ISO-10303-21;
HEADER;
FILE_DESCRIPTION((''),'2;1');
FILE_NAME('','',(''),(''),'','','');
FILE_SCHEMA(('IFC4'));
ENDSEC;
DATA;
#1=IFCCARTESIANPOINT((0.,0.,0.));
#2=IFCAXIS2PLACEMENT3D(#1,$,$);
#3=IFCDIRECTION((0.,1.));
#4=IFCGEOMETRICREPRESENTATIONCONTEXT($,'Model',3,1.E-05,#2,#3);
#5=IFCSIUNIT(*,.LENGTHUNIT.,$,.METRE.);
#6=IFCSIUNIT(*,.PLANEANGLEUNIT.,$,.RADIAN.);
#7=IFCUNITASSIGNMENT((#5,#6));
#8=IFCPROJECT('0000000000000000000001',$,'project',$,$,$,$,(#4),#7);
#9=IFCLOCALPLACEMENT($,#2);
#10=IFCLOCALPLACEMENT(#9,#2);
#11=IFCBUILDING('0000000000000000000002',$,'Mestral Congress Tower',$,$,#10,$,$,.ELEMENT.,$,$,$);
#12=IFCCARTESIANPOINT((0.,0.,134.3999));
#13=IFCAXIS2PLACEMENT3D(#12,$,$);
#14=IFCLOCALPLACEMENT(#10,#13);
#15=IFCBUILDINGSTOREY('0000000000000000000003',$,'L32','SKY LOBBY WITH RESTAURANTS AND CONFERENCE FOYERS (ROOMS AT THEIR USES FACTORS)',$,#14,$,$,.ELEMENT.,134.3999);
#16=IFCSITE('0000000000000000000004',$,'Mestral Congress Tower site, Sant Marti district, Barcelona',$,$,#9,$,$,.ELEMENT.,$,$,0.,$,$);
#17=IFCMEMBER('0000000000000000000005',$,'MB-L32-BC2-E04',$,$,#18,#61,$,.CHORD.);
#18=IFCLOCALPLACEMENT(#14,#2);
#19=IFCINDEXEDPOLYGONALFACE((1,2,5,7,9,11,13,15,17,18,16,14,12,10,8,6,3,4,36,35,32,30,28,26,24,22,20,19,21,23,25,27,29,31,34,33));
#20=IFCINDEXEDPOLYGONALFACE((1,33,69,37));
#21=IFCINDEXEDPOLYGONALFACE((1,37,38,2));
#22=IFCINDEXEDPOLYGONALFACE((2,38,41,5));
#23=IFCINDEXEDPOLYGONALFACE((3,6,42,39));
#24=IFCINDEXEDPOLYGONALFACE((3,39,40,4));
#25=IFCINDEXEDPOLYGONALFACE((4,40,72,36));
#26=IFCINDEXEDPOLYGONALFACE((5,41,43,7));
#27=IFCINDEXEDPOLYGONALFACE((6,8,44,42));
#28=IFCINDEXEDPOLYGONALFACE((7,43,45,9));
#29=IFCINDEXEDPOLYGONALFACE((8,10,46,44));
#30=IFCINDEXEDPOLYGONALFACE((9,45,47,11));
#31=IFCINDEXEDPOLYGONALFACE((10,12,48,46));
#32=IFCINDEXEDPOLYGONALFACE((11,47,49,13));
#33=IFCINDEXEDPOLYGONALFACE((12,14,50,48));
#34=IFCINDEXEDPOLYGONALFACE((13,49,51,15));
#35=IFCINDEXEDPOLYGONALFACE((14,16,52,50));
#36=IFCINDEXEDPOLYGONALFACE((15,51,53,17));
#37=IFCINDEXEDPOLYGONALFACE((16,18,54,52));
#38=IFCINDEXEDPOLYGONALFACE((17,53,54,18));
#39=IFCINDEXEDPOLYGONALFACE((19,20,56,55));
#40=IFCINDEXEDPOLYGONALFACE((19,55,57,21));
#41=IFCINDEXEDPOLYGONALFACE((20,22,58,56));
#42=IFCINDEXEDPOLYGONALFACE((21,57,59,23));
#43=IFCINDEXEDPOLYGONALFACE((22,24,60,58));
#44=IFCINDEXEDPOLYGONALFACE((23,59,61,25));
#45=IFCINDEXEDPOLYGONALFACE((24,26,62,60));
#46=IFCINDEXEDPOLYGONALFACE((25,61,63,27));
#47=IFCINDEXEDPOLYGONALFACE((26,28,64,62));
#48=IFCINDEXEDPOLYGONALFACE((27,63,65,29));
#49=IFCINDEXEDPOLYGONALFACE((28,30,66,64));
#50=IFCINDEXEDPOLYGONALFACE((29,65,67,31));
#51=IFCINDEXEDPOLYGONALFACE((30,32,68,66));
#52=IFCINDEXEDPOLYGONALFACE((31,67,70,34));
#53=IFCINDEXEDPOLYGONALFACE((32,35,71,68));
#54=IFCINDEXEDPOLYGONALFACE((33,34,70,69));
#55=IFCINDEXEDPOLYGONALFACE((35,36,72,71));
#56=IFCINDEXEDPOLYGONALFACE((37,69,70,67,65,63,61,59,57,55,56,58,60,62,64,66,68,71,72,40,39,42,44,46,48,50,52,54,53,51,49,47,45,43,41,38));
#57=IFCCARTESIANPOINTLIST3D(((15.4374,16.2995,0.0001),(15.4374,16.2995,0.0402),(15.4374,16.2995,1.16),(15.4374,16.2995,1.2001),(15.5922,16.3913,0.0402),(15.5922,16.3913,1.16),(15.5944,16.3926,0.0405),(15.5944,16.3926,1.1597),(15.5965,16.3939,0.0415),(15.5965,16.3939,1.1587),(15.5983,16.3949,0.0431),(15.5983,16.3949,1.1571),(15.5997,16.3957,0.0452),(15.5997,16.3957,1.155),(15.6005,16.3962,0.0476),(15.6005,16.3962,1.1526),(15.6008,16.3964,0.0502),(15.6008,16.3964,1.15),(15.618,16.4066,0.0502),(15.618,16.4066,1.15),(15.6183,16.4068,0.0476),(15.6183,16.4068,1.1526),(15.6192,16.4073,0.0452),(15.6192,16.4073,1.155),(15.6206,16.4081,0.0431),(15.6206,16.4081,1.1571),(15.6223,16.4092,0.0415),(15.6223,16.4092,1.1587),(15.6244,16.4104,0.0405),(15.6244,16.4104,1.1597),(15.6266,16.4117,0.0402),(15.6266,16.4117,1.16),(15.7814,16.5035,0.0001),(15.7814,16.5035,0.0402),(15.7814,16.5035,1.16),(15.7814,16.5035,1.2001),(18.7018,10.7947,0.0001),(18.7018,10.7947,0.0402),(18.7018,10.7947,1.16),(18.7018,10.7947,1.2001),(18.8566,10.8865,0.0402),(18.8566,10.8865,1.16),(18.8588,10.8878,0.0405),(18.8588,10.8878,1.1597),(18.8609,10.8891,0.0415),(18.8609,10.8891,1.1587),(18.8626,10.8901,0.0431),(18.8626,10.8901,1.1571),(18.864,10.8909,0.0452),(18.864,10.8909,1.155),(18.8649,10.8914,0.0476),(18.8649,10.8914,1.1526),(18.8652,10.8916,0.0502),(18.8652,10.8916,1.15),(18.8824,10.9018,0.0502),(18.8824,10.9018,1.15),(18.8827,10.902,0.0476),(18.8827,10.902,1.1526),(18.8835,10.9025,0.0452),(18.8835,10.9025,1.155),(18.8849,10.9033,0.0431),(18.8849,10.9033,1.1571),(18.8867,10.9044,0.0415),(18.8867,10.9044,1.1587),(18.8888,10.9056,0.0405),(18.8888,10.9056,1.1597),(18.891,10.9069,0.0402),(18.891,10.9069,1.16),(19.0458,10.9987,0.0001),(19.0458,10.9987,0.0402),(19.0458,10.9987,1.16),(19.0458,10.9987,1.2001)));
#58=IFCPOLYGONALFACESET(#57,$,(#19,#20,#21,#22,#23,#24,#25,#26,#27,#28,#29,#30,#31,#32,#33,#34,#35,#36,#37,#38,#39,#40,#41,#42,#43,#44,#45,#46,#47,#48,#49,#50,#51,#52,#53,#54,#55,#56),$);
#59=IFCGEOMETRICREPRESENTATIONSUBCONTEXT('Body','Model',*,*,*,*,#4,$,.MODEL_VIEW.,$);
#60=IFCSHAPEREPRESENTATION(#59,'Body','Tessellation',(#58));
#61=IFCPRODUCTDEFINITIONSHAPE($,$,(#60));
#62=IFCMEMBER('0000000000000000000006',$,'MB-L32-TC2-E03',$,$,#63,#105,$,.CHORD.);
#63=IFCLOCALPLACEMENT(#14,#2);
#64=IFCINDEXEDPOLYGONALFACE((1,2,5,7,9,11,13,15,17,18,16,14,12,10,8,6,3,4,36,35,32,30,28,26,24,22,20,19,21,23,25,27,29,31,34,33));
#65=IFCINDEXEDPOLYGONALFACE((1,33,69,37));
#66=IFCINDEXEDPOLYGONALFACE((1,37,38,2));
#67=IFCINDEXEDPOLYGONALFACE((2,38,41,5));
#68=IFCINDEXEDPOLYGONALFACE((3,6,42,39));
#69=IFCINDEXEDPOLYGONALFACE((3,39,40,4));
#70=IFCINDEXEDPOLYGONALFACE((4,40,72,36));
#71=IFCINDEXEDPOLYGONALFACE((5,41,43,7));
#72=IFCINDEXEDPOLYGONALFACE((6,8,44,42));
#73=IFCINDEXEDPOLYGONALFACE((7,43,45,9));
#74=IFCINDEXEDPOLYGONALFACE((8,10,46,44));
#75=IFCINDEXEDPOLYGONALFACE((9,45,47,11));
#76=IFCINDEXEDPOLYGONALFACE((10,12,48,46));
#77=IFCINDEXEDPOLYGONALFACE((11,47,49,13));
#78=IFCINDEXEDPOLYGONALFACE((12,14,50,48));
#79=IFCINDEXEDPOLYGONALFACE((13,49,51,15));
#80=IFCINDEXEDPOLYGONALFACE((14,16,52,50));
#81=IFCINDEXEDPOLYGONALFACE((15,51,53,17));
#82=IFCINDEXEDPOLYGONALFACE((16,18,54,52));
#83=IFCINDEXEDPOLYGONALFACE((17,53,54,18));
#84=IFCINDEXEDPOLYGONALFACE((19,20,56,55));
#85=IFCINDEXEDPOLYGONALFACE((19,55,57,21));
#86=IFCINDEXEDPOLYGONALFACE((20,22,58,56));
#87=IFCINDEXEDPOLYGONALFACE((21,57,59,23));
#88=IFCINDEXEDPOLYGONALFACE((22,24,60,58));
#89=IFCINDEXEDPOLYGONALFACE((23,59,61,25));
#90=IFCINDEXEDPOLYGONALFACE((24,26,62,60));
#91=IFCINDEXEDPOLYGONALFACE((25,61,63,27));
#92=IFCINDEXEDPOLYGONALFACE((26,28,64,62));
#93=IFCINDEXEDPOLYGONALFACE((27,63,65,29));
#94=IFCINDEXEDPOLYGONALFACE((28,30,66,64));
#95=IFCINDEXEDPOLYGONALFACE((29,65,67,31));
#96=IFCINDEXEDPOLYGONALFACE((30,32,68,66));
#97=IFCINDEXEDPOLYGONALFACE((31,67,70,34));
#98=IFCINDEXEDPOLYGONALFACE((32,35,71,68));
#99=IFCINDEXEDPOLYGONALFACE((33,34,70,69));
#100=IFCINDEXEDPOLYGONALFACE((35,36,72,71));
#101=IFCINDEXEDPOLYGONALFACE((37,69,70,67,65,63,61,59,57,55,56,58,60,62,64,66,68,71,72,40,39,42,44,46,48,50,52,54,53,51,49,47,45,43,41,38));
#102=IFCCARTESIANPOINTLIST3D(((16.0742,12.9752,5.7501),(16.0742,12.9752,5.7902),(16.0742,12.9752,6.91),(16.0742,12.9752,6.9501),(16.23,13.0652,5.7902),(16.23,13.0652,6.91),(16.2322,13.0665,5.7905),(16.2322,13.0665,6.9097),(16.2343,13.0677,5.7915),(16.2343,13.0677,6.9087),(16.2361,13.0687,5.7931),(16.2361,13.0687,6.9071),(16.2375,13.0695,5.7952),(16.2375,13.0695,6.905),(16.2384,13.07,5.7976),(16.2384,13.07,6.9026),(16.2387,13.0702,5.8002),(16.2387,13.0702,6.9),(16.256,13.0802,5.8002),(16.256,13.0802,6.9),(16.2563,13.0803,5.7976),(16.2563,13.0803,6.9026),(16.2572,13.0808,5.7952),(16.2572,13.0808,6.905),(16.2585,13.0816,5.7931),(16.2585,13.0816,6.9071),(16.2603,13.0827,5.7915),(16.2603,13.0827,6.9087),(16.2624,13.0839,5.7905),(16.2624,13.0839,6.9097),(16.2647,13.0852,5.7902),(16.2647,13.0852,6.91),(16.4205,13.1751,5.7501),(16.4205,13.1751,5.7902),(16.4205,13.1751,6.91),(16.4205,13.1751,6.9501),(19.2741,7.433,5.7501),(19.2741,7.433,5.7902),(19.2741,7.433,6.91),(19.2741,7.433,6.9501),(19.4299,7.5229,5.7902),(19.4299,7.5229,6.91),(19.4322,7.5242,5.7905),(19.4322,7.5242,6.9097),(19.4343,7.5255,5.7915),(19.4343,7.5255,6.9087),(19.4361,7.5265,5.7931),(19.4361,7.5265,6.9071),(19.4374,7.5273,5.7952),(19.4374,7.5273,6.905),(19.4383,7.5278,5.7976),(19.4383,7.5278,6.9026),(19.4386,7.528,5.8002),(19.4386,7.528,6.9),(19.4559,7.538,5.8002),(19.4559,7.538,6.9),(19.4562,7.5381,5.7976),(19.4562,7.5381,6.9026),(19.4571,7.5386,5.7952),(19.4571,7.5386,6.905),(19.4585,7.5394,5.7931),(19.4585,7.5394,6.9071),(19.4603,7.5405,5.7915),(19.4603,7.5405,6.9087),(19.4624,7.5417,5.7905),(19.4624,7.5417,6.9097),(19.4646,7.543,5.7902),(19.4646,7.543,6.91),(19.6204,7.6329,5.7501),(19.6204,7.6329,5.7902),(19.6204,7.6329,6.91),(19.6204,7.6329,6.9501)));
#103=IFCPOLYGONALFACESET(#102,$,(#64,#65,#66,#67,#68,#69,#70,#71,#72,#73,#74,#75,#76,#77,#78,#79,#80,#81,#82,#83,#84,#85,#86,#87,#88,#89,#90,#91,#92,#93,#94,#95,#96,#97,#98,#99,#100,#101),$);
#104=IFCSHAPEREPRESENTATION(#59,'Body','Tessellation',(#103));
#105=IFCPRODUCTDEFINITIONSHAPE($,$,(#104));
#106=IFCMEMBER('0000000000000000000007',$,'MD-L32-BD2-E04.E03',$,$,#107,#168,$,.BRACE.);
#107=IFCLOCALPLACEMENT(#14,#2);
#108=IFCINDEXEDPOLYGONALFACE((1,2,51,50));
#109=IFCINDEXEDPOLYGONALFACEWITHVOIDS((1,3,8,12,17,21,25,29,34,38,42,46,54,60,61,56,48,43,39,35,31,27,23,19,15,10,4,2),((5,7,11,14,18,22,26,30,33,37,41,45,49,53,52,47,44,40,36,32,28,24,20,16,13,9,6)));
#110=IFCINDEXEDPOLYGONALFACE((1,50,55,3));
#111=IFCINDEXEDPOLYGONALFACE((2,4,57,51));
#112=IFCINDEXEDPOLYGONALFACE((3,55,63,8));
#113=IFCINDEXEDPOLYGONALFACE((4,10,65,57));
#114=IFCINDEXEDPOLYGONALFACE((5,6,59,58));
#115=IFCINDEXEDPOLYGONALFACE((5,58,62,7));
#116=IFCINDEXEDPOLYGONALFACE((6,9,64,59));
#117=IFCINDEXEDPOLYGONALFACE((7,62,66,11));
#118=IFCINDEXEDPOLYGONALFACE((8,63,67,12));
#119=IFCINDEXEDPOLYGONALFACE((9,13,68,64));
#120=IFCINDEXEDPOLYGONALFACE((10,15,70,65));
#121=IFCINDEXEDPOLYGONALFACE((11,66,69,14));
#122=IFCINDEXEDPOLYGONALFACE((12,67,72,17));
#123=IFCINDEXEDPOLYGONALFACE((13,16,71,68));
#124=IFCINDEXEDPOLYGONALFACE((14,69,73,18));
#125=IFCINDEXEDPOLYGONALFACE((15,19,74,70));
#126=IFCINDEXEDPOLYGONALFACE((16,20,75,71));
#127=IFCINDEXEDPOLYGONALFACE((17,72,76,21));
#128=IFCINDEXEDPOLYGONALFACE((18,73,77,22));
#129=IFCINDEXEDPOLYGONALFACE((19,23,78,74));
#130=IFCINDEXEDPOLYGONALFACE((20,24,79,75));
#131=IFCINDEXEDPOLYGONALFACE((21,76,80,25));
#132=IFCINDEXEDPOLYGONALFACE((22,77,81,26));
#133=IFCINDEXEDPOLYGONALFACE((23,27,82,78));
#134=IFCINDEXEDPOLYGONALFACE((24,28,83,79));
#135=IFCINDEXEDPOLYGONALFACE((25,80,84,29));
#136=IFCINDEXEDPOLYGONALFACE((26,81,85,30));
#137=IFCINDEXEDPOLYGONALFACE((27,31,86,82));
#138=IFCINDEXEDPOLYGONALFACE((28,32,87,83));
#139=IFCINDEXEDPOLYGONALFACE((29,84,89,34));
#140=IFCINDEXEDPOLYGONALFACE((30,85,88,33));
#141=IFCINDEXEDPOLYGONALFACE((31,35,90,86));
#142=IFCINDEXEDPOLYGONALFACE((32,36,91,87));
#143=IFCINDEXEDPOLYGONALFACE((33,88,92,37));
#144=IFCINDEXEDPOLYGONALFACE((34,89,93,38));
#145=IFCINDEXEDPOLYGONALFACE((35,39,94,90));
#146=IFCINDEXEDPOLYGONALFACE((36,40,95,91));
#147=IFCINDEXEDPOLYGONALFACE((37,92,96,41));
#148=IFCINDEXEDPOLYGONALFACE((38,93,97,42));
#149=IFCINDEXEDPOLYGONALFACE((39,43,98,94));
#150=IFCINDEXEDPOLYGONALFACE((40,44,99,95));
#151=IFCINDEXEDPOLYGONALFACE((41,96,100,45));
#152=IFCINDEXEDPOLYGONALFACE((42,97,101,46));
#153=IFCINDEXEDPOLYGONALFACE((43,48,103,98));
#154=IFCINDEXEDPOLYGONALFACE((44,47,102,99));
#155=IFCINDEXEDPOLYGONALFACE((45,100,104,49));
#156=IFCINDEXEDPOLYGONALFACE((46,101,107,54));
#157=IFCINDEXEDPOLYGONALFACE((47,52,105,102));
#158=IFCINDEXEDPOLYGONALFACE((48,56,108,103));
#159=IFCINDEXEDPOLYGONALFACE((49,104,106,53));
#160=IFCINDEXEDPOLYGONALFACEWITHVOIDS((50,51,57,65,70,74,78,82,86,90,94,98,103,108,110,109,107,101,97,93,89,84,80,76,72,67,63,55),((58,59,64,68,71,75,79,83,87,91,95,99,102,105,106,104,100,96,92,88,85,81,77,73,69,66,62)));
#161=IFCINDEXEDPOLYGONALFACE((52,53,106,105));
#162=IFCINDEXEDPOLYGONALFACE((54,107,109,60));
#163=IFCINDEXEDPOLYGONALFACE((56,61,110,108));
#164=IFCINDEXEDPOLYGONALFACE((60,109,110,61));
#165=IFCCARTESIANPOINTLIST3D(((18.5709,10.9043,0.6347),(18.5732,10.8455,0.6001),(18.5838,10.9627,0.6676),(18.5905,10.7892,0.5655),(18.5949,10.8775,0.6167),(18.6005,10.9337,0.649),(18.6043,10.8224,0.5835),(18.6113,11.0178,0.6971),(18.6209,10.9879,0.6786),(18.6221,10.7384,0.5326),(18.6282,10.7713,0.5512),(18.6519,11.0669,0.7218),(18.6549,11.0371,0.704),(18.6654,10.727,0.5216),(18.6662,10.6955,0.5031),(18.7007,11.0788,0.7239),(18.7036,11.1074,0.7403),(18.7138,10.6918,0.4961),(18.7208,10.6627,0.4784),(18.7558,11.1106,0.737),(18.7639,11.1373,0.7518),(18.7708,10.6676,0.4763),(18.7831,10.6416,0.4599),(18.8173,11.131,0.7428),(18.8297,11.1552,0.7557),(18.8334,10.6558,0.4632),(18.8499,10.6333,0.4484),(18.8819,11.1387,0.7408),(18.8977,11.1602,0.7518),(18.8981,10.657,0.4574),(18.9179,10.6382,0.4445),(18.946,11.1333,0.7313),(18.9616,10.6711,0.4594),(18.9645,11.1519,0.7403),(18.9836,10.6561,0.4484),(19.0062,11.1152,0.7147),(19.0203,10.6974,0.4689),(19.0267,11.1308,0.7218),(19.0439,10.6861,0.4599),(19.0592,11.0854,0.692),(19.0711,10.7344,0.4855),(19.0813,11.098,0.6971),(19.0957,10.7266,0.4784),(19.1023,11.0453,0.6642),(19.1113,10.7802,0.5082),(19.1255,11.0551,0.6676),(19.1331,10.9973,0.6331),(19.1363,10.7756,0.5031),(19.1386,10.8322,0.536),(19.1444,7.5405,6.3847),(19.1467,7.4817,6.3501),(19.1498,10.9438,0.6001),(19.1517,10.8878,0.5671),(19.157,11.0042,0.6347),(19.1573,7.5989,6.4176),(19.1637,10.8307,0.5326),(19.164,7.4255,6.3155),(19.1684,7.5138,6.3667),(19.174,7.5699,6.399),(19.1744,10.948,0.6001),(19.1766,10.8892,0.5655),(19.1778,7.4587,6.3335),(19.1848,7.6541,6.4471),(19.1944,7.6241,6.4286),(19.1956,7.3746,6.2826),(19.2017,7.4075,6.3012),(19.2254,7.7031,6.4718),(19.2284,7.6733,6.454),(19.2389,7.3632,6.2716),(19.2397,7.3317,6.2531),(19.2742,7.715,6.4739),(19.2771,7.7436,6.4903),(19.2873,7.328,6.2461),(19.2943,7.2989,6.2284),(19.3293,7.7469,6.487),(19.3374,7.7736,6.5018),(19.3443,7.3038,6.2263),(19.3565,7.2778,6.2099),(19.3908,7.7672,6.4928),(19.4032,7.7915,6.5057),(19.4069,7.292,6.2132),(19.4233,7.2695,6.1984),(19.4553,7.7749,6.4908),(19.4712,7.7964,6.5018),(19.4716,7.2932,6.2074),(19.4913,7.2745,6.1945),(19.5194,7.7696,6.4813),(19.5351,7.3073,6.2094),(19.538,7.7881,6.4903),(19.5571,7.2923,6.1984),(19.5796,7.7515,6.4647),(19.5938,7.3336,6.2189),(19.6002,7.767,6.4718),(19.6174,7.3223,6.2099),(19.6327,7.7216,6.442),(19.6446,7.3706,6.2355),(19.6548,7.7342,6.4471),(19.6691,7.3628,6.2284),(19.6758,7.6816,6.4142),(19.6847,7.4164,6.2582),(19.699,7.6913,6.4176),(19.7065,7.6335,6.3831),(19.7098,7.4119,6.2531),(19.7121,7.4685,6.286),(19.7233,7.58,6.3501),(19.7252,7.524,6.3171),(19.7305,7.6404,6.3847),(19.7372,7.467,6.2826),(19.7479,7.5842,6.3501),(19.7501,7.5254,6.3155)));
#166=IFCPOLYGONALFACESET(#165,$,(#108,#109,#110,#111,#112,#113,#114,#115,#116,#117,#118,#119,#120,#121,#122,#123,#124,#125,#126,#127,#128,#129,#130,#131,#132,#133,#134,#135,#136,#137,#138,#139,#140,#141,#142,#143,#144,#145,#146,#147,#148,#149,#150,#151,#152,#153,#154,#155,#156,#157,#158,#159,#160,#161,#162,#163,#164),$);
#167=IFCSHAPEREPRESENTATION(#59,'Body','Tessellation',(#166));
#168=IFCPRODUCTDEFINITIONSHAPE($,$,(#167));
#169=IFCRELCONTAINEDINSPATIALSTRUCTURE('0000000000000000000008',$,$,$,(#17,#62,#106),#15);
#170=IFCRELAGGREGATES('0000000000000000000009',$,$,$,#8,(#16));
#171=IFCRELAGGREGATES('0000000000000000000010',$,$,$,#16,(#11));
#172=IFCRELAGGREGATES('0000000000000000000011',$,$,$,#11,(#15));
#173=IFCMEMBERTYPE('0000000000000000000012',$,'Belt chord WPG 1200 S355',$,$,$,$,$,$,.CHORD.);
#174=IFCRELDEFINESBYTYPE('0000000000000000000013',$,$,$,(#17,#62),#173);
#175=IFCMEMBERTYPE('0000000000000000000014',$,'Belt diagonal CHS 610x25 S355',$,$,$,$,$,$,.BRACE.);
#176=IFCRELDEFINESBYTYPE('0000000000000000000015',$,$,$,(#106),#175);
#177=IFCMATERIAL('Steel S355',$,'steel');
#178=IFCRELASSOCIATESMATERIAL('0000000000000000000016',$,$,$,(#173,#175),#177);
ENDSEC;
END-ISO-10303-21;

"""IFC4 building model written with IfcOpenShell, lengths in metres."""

from ifc_helpers import new_model, si_unit, direction, frame, origin, origin_2d, place, context, subcontext, project, spatial, hollow_circle, i_section, extrude, material, material_profile, profile_set, type_object, element, save


model = new_model("IFC4")

# Units and contexts
model_context = context("Model", 3, precision=1e-05, world=origin(), true_north=direction((0.0, 1.0)))
body_context = subcontext(model_context, "Body", "Model", "MODEL_VIEW")
ifc_project = project(units=[si_unit("LENGTHUNIT", "METRE"), si_unit("PLANEANGLEUNIT", "RADIAN")], contexts=[model_context])

# Site, building, storey
site_placement = place(None, origin())
site = spatial("IfcSite", under=ifc_project, at=site_placement, Name="Mestral Congress Tower site, Sant Marti district, Barcelona", CompositionType="ELEMENT", RefElevation=0.0)
building_placement = place(site_placement, origin())
building = spatial("IfcBuilding", under=site, at=building_placement, Name="Mestral Congress Tower", CompositionType="ELEMENT")
storey_placement = place(building_placement, frame((0.0, 0.0, 134.3999)))
storey = spatial("IfcBuildingStorey", under=building, at=storey_placement, Name="L32", Description="SKY LOBBY WITH RESTAURANTS AND CONFERENCE FOYERS (ROOMS AT THEIR USES FACTORS)", CompositionType="ELEMENT", Elevation=134.3999)

# Members
ifc_material_1 = material(Name="Steel S355", Category="steel")
ifc_material_profile_1 = material_profile(ifc_material_1, i_section(OverallWidth=0.3999, OverallDepth=1.2, WebThickness=0.02, FlangeThickness=0.04, FilletRadius=0.01, at=origin_2d()), Name="WPG 1200")
ifc_profile_set_1 = profile_set([ifc_material_profile_1], Name="Steel S355")
member_type_1 = type_object("IfcMemberType", Name="Belt chord WPG 1200 S355", PredefinedType="CHORD", material=ifc_profile_set_1)
member_1_placement = place(storey_placement, frame((18.8738, 10.8967, 0.6001), z_axis=(-0.510063, 0.860137, 0.0), x_axis=(-0.860137, -0.510063, 0.0)))
element("IfcMember", 1, at=member_1_placement, inside=storey, type_object=member_type_1, Name="MB-L32-BC2-E04", PredefinedType="CHORD", context=body_context, shape_type="SweptSolid", body=[
    extrude(i_section(OverallWidth=0.3999, OverallDepth=1.2, WebThickness=0.02, FlangeThickness=0.04, FilletRadius=0.01, at=origin_2d()), origin(), (0.0, 0.0, 1.0), 6.3999),
])
member_2_placement = place(storey_placement, frame((19.4473, 7.533, 6.3501), z_axis=(-0.500016, 0.866016, 0.0), x_axis=(-0.866016, -0.500016, 0.0)))
element("IfcMember", 2, at=member_2_placement, inside=storey, type_object=member_type_1, Name="MB-L32-TC2-E03", PredefinedType="CHORD", context=body_context, shape_type="SweptSolid", body=[
    extrude(i_section(OverallWidth=0.3999, OverallDepth=1.2, WebThickness=0.02, FlangeThickness=0.04, FilletRadius=0.01, at=origin_2d()), origin(), (0.0, 0.0, 1.0), 6.3997),
])
ifc_material_profile_2 = material_profile(ifc_material_1, hollow_circle(Radius=0.3049, WallThickness=0.0249, at=origin_2d()), Name="CHS 610x25")
ifc_profile_set_2 = profile_set([ifc_material_profile_2], Name="Steel S355")
member_type_2 = type_object("IfcMemberType", Name="Belt diagonal CHS 610x25 S355", PredefinedType="BRACE", material=ifc_profile_set_2)
for number, where, z_axis, x_axis, name in (
    (3, (18.8738, 10.8967, 0.6001), (0.085771, -0.503085, 0.85997), (0.985776, 0.168064, 0.0), "MD-L32-BD2-E04.E03"),
):
    element("IfcMember", number, at=place(storey_placement, frame(where, z_axis=z_axis, x_axis=x_axis)), inside=storey, type_object=member_type_2, Name=name, PredefinedType="BRACE", context=body_context, shape_type="SweptSolid", body=[
        extrude(hollow_circle(Radius=0.3049, WallThickness=0.0249, at=origin_2d()), origin(), (0.0, 0.0, 1.0), 6.6863),
    ])

save(model, "model.ifc")
